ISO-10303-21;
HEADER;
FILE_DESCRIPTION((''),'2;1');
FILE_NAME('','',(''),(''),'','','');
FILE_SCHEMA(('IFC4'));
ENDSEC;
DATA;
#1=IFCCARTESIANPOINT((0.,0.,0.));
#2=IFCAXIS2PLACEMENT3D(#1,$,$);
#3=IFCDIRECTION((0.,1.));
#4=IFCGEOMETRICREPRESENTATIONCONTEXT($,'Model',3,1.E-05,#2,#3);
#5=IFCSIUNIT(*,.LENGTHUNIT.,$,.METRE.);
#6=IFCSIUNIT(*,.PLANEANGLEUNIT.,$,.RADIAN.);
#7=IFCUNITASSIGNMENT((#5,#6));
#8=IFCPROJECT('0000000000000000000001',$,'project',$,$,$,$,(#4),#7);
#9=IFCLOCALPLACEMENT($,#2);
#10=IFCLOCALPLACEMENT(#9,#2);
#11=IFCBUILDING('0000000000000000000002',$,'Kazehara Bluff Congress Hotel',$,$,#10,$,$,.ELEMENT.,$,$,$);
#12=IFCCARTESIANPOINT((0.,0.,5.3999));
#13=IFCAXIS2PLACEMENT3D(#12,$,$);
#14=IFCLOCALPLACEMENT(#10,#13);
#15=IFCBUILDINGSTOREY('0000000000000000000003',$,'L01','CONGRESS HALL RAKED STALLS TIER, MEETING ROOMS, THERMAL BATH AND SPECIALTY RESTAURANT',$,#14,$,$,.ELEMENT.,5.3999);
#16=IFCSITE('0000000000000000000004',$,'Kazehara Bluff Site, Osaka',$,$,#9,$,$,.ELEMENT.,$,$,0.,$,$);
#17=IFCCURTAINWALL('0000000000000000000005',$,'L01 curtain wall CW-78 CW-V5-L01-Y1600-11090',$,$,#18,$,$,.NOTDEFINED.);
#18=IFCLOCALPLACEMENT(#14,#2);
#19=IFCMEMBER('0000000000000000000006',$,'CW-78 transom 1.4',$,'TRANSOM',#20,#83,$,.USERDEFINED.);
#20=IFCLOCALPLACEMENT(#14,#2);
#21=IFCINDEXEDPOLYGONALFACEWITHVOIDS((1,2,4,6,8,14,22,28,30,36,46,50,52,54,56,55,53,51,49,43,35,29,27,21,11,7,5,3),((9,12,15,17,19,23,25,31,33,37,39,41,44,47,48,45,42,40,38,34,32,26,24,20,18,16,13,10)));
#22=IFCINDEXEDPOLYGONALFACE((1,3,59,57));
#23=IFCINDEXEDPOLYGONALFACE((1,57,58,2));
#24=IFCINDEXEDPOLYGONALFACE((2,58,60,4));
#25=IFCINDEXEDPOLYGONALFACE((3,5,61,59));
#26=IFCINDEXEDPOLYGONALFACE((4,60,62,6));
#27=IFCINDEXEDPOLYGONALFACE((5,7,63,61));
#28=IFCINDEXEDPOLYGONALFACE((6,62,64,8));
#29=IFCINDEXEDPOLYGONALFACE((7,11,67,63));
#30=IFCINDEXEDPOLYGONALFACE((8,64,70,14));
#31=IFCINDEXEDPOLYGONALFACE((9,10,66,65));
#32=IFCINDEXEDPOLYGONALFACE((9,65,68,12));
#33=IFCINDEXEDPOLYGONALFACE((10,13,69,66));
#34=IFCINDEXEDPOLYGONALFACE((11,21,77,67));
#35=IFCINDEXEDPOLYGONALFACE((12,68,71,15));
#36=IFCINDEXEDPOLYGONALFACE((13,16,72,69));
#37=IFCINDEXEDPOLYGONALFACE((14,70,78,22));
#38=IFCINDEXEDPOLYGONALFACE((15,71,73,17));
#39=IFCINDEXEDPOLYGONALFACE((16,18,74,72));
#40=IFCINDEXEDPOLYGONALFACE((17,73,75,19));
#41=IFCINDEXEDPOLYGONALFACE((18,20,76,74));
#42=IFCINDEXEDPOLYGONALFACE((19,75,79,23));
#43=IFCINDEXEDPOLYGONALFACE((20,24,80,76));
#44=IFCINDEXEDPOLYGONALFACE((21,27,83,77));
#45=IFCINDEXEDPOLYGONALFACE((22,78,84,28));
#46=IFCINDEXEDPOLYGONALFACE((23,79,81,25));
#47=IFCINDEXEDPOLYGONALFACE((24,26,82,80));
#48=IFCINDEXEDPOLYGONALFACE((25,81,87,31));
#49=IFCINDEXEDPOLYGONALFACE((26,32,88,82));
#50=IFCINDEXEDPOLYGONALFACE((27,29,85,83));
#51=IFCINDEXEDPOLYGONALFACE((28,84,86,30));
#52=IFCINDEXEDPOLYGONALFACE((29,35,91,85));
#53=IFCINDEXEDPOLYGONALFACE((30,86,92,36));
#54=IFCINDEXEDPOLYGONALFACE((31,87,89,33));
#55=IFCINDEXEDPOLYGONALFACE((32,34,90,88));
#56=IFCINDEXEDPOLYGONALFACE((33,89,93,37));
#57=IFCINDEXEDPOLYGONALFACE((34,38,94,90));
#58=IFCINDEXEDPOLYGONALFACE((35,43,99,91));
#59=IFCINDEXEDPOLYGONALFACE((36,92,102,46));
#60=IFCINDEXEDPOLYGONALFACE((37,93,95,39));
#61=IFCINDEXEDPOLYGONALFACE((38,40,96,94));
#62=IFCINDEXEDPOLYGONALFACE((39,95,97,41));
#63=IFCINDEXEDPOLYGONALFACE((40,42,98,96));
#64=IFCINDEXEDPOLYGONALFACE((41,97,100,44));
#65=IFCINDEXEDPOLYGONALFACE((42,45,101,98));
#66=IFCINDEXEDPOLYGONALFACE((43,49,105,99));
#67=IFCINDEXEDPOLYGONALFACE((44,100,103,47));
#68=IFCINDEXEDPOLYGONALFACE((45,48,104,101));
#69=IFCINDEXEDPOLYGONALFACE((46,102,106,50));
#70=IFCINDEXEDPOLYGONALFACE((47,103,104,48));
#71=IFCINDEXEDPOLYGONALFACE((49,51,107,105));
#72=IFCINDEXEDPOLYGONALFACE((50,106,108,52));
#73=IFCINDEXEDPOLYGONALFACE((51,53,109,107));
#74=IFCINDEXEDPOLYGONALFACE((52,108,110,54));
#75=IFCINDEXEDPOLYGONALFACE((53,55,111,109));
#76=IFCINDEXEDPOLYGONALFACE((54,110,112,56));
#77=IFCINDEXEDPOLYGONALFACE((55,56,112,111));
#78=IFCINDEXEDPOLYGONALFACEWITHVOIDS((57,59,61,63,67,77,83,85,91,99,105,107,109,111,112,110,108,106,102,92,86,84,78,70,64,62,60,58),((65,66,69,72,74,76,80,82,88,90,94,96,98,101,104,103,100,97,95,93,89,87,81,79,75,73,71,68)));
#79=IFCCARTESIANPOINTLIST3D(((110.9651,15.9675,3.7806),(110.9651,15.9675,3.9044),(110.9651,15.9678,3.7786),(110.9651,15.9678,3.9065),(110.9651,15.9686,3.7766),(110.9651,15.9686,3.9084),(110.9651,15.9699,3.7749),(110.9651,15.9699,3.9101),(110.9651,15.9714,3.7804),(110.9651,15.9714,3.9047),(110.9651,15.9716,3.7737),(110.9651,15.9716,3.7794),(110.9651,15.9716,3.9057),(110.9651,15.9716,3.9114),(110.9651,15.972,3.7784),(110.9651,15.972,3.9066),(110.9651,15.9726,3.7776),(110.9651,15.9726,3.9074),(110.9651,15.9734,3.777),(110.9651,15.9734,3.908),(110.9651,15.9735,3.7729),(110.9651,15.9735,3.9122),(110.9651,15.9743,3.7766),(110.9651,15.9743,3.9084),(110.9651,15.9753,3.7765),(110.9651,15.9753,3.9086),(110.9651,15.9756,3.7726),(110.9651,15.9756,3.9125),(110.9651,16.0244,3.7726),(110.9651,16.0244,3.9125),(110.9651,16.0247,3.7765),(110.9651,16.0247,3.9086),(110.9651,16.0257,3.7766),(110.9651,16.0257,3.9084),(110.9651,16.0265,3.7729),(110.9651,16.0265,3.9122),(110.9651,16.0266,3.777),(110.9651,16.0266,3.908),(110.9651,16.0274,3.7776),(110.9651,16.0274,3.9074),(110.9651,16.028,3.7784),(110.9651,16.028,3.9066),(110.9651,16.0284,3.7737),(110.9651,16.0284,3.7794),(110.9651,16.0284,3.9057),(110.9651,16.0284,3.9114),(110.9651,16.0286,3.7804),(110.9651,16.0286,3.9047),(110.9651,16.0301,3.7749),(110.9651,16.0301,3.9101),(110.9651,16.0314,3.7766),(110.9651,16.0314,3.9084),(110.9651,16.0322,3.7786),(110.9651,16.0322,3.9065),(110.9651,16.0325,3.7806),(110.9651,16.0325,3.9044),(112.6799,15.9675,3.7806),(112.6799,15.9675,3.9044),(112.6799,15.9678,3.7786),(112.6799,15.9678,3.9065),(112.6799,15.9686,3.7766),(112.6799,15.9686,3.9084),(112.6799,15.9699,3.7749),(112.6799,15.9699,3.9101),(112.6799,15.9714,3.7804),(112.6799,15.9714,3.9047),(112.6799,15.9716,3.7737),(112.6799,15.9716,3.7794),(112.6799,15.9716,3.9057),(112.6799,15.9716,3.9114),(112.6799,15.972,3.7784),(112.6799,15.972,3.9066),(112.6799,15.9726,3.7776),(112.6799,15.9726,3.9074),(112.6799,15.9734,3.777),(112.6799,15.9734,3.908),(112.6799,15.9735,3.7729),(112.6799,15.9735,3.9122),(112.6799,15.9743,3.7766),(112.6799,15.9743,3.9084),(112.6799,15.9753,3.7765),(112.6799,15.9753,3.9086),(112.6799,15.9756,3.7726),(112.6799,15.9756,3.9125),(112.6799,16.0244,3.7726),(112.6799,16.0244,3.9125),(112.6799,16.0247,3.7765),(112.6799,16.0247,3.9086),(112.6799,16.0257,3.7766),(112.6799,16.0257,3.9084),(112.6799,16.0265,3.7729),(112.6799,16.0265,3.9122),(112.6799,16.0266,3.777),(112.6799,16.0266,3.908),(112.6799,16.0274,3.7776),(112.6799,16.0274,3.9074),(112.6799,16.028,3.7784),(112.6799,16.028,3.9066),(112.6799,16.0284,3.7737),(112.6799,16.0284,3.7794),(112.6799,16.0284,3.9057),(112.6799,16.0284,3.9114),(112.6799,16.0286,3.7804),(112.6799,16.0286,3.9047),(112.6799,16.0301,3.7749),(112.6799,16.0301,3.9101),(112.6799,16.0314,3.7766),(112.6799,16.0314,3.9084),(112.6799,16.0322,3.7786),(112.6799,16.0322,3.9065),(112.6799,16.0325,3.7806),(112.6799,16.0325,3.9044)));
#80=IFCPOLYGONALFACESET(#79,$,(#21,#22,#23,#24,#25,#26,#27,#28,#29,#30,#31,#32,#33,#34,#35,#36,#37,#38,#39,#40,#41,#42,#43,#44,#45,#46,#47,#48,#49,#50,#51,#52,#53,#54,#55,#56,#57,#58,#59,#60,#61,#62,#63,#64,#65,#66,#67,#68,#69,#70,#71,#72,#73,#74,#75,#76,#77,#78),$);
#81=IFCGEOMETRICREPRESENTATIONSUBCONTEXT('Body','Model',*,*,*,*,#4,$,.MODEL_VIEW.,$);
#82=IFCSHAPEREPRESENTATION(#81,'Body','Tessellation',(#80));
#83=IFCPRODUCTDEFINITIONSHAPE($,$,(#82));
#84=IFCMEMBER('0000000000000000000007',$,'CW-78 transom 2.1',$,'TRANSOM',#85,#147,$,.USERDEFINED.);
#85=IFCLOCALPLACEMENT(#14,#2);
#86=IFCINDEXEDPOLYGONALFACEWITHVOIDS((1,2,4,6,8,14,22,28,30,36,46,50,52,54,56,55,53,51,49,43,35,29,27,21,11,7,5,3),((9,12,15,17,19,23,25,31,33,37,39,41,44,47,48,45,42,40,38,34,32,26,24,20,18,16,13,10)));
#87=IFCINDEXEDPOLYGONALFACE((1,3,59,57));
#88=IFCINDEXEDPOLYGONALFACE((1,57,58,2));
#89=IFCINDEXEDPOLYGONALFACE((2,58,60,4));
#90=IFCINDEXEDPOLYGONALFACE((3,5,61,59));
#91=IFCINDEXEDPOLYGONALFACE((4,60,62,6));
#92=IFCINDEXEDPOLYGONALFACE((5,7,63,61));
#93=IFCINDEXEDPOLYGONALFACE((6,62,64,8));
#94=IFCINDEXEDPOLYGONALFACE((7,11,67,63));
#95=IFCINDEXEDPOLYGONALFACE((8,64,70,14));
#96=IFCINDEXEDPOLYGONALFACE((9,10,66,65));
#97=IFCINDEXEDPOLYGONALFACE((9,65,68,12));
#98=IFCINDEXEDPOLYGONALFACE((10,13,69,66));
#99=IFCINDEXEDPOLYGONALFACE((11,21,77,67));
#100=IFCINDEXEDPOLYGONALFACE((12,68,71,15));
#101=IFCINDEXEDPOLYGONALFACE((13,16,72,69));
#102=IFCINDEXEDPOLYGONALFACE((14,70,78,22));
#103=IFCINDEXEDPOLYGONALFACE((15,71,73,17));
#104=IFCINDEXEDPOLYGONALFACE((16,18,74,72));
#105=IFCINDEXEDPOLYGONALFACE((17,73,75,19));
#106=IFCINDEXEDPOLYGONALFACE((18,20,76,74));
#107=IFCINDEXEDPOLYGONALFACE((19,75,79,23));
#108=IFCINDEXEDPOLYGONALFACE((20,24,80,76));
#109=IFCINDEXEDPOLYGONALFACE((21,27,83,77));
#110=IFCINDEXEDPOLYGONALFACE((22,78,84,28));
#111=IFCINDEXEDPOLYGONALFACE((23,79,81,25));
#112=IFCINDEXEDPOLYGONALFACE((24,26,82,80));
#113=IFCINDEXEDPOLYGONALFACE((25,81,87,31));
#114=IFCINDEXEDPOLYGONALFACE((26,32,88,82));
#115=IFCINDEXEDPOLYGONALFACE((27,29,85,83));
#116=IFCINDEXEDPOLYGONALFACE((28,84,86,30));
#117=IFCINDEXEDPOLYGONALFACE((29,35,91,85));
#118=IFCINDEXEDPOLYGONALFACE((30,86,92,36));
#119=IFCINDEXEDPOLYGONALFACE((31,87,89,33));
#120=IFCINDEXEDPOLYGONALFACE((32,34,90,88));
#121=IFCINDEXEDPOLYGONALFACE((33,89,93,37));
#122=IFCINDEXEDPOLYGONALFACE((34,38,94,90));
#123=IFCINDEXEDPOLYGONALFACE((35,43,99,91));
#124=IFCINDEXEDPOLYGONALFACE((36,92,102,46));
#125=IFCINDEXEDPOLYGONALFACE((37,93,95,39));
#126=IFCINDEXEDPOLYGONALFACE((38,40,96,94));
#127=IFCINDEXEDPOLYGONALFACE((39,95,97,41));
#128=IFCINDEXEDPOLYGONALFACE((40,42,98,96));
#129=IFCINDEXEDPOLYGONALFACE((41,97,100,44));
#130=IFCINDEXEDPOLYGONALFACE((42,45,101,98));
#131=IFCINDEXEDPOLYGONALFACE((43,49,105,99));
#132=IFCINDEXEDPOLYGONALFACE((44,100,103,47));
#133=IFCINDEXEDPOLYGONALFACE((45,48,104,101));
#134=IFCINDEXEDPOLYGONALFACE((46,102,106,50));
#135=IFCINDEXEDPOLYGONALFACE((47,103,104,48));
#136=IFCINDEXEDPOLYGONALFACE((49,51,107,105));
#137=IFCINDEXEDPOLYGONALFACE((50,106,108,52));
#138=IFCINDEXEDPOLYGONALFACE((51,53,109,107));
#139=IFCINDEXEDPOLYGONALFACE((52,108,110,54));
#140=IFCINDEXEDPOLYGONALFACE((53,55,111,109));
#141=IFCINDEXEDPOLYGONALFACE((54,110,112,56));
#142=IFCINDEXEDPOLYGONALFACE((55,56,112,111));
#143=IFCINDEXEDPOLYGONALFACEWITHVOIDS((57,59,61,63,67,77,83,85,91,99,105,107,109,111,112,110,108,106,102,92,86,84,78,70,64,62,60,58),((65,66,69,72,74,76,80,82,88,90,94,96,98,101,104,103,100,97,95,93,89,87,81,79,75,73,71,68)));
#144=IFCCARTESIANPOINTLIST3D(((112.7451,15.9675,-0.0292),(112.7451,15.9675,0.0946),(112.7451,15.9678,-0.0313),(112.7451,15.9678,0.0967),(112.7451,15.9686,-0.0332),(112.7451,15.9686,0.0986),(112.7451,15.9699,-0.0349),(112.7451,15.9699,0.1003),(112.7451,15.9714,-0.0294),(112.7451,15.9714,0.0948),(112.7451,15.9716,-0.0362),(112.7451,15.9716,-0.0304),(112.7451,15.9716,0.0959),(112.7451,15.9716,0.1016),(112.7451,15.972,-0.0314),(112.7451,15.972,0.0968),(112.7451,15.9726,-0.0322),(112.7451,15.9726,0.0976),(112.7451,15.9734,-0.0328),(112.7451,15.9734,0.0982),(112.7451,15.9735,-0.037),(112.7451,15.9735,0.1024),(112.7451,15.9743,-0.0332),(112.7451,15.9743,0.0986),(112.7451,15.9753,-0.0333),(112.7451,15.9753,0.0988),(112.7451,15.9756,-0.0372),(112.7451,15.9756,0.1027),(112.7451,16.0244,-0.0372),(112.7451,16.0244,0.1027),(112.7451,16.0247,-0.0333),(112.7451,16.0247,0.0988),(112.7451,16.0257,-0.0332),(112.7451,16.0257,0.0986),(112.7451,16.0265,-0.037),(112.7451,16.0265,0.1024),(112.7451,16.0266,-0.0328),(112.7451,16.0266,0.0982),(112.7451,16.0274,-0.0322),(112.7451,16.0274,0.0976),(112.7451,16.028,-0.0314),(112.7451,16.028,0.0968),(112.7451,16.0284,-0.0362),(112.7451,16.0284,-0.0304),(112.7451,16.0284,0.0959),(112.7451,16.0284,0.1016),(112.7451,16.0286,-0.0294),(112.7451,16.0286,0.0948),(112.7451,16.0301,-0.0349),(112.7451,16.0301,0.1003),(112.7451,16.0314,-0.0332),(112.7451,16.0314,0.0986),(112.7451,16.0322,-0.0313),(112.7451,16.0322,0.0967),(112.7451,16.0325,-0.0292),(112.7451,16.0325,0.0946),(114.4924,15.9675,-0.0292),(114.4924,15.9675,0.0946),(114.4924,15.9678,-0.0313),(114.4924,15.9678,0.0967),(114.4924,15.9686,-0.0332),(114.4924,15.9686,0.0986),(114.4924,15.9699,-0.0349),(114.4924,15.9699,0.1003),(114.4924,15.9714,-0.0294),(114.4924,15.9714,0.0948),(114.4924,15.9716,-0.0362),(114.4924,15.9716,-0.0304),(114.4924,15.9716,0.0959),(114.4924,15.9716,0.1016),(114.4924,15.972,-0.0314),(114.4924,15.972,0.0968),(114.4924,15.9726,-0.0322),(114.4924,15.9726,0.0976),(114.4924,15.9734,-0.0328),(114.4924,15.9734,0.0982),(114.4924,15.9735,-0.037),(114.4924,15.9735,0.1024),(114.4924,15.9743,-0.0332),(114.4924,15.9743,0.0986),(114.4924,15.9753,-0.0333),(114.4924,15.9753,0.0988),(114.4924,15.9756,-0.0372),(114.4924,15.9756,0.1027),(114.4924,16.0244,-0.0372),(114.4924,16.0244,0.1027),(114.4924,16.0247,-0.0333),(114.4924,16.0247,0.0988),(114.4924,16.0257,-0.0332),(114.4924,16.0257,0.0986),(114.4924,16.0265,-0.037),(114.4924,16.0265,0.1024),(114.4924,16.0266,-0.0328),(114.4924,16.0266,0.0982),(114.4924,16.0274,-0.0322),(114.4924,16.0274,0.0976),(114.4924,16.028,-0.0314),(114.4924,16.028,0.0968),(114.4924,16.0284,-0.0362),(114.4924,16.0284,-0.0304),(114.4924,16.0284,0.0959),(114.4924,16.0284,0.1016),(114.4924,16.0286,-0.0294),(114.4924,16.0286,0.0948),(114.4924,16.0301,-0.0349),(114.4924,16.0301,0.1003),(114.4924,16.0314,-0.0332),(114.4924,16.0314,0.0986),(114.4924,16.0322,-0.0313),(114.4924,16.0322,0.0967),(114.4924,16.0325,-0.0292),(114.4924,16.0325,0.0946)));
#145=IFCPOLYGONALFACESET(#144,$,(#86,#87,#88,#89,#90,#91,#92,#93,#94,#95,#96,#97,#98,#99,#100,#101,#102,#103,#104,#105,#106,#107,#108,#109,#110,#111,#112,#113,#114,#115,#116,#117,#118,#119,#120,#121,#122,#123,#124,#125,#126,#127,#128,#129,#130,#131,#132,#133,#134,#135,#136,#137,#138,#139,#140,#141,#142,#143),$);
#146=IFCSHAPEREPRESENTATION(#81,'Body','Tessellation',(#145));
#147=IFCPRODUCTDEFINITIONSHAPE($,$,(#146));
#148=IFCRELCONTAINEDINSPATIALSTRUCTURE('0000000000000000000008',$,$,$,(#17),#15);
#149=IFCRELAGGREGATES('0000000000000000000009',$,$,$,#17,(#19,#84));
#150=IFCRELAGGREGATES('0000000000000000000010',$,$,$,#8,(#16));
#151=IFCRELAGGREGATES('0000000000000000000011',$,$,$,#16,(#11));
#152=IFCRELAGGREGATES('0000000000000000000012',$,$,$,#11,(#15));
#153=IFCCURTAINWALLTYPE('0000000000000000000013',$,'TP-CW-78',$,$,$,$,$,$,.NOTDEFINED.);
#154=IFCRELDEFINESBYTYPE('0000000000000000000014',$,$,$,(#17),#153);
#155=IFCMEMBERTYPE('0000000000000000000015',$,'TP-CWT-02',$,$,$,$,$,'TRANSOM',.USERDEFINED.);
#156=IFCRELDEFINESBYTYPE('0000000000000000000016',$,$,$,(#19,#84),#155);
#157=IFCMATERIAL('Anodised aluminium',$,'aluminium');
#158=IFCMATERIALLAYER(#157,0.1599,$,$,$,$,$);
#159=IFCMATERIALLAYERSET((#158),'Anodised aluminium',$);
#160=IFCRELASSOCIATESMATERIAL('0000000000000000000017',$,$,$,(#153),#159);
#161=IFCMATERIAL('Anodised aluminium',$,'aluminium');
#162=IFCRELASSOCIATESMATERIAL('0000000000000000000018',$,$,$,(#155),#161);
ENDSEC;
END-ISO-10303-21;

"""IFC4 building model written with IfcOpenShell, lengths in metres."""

from ifc_helpers import new_model, si_unit, direction, frame, origin, origin_2d, place, context, subcontext, project, spatial, hollow_rectangle, extrude, material, layer, layer_set, material_profile, profile_set, type_object, element, aggregate, save


model = new_model("IFC4")

# Units and contexts
model_context = context("Model", 3, precision=1e-05, world=origin(), true_north=direction((0.0, 1.0)))
body_context = subcontext(model_context, "Body", "Model", "MODEL_VIEW")
ifc_project = project(units=[si_unit("LENGTHUNIT", "METRE"), si_unit("PLANEANGLEUNIT", "RADIAN")], contexts=[model_context])

# Site, building, storey
site_placement = place(None, origin())
site = spatial("IfcSite", under=ifc_project, at=site_placement, Name="Kazehara Bluff Site, Osaka", CompositionType="ELEMENT", RefElevation=0.0)
building_placement = place(site_placement, origin())
building = spatial("IfcBuilding", under=site, at=building_placement, Name="Kazehara Bluff Congress Hotel", CompositionType="ELEMENT")
storey_placement = place(building_placement, frame((0.0, 0.0, 5.3999)))
storey = spatial("IfcBuildingStorey", under=building, at=storey_placement, Name="L01", Description="CONGRESS HALL RAKED STALLS TIER, MEETING ROOMS, THERMAL BATH AND SPECIALTY RESTAURANT", CompositionType="ELEMENT", Elevation=5.3999)

# Curtain wall, members
ifc_material_1 = material(Name="Anodised aluminium", Category="aluminium")
ifc_layer_1 = layer(ifc_material_1, 0.1599)
ifc_layer_set_1 = layer_set([ifc_layer_1], Name="Anodised aluminium")
curtain_wall_type = type_object("IfcCurtainWallType", Name="TP-CW-78", PredefinedType="NOTDEFINED", material=ifc_layer_set_1)
curtain_wall_placement = place(storey_placement, origin())
curtain_wall = element("IfcCurtainWall", 1, at=curtain_wall_placement, inside=storey, type_object=curtain_wall_type, Name="L01 curtain wall CW-78 CW-V5-L01-Y1600-11090", PredefinedType="NOTDEFINED")
ifc_material_2 = material(Name="Anodised aluminium", Category="aluminium")
ifc_material_profile_1 = material_profile(ifc_material_2, hollow_rectangle(XDim=0.0649, YDim=0.1399, WallThickness=0.0039, InnerFilletRadius=0.0039, OuterFilletRadius=0.0081, at=origin_2d()))
ifc_profile_set_1 = profile_set([ifc_material_profile_1], Name="Anodised aluminium")
member_type_1 = type_object("IfcMemberType", Name="TP-CWT-02", ElementType="TRANSOM", PredefinedType="USERDEFINED", material=ifc_profile_set_1)
member_1_placement = place(storey_placement, frame((110.9651, 16.0, 3.8425), z_axis=(1.0, 0.0, 0.0), x_axis=(0.0, 1.0, 0.0)))
member_1 = element("IfcMember", 2, at=member_1_placement, type_object=member_type_1, Name="CW-78 transom 1.4", ObjectType="TRANSOM", PredefinedType="USERDEFINED", context=body_context, shape_type="SweptSolid", body=[
    extrude(hollow_rectangle(XDim=0.0649, YDim=0.1399, WallThickness=0.0039, InnerFilletRadius=0.0039, OuterFilletRadius=0.0081, at=origin_2d()), origin(), (0.0, 0.0, 1.0), 1.7148),
])
member_2_placement = place(storey_placement, frame((112.7451, 16.0, 0.0327), z_axis=(1.0, 0.0, 0.0), x_axis=(0.0, 1.0, 0.0)))
member_2 = element("IfcMember", 3, at=member_2_placement, type_object=member_type_1, Name="CW-78 transom 2.1", ObjectType="TRANSOM", PredefinedType="USERDEFINED", context=body_context, shape_type="SweptSolid", body=[
    extrude(hollow_rectangle(XDim=0.0649, YDim=0.1399, WallThickness=0.0039, InnerFilletRadius=0.0039, OuterFilletRadius=0.0081, at=origin_2d()), origin(), (0.0, 0.0, 1.0), 1.7473),
])

aggregate(curtain_wall, [member_1, member_2])

save(model, "model.ifc")
